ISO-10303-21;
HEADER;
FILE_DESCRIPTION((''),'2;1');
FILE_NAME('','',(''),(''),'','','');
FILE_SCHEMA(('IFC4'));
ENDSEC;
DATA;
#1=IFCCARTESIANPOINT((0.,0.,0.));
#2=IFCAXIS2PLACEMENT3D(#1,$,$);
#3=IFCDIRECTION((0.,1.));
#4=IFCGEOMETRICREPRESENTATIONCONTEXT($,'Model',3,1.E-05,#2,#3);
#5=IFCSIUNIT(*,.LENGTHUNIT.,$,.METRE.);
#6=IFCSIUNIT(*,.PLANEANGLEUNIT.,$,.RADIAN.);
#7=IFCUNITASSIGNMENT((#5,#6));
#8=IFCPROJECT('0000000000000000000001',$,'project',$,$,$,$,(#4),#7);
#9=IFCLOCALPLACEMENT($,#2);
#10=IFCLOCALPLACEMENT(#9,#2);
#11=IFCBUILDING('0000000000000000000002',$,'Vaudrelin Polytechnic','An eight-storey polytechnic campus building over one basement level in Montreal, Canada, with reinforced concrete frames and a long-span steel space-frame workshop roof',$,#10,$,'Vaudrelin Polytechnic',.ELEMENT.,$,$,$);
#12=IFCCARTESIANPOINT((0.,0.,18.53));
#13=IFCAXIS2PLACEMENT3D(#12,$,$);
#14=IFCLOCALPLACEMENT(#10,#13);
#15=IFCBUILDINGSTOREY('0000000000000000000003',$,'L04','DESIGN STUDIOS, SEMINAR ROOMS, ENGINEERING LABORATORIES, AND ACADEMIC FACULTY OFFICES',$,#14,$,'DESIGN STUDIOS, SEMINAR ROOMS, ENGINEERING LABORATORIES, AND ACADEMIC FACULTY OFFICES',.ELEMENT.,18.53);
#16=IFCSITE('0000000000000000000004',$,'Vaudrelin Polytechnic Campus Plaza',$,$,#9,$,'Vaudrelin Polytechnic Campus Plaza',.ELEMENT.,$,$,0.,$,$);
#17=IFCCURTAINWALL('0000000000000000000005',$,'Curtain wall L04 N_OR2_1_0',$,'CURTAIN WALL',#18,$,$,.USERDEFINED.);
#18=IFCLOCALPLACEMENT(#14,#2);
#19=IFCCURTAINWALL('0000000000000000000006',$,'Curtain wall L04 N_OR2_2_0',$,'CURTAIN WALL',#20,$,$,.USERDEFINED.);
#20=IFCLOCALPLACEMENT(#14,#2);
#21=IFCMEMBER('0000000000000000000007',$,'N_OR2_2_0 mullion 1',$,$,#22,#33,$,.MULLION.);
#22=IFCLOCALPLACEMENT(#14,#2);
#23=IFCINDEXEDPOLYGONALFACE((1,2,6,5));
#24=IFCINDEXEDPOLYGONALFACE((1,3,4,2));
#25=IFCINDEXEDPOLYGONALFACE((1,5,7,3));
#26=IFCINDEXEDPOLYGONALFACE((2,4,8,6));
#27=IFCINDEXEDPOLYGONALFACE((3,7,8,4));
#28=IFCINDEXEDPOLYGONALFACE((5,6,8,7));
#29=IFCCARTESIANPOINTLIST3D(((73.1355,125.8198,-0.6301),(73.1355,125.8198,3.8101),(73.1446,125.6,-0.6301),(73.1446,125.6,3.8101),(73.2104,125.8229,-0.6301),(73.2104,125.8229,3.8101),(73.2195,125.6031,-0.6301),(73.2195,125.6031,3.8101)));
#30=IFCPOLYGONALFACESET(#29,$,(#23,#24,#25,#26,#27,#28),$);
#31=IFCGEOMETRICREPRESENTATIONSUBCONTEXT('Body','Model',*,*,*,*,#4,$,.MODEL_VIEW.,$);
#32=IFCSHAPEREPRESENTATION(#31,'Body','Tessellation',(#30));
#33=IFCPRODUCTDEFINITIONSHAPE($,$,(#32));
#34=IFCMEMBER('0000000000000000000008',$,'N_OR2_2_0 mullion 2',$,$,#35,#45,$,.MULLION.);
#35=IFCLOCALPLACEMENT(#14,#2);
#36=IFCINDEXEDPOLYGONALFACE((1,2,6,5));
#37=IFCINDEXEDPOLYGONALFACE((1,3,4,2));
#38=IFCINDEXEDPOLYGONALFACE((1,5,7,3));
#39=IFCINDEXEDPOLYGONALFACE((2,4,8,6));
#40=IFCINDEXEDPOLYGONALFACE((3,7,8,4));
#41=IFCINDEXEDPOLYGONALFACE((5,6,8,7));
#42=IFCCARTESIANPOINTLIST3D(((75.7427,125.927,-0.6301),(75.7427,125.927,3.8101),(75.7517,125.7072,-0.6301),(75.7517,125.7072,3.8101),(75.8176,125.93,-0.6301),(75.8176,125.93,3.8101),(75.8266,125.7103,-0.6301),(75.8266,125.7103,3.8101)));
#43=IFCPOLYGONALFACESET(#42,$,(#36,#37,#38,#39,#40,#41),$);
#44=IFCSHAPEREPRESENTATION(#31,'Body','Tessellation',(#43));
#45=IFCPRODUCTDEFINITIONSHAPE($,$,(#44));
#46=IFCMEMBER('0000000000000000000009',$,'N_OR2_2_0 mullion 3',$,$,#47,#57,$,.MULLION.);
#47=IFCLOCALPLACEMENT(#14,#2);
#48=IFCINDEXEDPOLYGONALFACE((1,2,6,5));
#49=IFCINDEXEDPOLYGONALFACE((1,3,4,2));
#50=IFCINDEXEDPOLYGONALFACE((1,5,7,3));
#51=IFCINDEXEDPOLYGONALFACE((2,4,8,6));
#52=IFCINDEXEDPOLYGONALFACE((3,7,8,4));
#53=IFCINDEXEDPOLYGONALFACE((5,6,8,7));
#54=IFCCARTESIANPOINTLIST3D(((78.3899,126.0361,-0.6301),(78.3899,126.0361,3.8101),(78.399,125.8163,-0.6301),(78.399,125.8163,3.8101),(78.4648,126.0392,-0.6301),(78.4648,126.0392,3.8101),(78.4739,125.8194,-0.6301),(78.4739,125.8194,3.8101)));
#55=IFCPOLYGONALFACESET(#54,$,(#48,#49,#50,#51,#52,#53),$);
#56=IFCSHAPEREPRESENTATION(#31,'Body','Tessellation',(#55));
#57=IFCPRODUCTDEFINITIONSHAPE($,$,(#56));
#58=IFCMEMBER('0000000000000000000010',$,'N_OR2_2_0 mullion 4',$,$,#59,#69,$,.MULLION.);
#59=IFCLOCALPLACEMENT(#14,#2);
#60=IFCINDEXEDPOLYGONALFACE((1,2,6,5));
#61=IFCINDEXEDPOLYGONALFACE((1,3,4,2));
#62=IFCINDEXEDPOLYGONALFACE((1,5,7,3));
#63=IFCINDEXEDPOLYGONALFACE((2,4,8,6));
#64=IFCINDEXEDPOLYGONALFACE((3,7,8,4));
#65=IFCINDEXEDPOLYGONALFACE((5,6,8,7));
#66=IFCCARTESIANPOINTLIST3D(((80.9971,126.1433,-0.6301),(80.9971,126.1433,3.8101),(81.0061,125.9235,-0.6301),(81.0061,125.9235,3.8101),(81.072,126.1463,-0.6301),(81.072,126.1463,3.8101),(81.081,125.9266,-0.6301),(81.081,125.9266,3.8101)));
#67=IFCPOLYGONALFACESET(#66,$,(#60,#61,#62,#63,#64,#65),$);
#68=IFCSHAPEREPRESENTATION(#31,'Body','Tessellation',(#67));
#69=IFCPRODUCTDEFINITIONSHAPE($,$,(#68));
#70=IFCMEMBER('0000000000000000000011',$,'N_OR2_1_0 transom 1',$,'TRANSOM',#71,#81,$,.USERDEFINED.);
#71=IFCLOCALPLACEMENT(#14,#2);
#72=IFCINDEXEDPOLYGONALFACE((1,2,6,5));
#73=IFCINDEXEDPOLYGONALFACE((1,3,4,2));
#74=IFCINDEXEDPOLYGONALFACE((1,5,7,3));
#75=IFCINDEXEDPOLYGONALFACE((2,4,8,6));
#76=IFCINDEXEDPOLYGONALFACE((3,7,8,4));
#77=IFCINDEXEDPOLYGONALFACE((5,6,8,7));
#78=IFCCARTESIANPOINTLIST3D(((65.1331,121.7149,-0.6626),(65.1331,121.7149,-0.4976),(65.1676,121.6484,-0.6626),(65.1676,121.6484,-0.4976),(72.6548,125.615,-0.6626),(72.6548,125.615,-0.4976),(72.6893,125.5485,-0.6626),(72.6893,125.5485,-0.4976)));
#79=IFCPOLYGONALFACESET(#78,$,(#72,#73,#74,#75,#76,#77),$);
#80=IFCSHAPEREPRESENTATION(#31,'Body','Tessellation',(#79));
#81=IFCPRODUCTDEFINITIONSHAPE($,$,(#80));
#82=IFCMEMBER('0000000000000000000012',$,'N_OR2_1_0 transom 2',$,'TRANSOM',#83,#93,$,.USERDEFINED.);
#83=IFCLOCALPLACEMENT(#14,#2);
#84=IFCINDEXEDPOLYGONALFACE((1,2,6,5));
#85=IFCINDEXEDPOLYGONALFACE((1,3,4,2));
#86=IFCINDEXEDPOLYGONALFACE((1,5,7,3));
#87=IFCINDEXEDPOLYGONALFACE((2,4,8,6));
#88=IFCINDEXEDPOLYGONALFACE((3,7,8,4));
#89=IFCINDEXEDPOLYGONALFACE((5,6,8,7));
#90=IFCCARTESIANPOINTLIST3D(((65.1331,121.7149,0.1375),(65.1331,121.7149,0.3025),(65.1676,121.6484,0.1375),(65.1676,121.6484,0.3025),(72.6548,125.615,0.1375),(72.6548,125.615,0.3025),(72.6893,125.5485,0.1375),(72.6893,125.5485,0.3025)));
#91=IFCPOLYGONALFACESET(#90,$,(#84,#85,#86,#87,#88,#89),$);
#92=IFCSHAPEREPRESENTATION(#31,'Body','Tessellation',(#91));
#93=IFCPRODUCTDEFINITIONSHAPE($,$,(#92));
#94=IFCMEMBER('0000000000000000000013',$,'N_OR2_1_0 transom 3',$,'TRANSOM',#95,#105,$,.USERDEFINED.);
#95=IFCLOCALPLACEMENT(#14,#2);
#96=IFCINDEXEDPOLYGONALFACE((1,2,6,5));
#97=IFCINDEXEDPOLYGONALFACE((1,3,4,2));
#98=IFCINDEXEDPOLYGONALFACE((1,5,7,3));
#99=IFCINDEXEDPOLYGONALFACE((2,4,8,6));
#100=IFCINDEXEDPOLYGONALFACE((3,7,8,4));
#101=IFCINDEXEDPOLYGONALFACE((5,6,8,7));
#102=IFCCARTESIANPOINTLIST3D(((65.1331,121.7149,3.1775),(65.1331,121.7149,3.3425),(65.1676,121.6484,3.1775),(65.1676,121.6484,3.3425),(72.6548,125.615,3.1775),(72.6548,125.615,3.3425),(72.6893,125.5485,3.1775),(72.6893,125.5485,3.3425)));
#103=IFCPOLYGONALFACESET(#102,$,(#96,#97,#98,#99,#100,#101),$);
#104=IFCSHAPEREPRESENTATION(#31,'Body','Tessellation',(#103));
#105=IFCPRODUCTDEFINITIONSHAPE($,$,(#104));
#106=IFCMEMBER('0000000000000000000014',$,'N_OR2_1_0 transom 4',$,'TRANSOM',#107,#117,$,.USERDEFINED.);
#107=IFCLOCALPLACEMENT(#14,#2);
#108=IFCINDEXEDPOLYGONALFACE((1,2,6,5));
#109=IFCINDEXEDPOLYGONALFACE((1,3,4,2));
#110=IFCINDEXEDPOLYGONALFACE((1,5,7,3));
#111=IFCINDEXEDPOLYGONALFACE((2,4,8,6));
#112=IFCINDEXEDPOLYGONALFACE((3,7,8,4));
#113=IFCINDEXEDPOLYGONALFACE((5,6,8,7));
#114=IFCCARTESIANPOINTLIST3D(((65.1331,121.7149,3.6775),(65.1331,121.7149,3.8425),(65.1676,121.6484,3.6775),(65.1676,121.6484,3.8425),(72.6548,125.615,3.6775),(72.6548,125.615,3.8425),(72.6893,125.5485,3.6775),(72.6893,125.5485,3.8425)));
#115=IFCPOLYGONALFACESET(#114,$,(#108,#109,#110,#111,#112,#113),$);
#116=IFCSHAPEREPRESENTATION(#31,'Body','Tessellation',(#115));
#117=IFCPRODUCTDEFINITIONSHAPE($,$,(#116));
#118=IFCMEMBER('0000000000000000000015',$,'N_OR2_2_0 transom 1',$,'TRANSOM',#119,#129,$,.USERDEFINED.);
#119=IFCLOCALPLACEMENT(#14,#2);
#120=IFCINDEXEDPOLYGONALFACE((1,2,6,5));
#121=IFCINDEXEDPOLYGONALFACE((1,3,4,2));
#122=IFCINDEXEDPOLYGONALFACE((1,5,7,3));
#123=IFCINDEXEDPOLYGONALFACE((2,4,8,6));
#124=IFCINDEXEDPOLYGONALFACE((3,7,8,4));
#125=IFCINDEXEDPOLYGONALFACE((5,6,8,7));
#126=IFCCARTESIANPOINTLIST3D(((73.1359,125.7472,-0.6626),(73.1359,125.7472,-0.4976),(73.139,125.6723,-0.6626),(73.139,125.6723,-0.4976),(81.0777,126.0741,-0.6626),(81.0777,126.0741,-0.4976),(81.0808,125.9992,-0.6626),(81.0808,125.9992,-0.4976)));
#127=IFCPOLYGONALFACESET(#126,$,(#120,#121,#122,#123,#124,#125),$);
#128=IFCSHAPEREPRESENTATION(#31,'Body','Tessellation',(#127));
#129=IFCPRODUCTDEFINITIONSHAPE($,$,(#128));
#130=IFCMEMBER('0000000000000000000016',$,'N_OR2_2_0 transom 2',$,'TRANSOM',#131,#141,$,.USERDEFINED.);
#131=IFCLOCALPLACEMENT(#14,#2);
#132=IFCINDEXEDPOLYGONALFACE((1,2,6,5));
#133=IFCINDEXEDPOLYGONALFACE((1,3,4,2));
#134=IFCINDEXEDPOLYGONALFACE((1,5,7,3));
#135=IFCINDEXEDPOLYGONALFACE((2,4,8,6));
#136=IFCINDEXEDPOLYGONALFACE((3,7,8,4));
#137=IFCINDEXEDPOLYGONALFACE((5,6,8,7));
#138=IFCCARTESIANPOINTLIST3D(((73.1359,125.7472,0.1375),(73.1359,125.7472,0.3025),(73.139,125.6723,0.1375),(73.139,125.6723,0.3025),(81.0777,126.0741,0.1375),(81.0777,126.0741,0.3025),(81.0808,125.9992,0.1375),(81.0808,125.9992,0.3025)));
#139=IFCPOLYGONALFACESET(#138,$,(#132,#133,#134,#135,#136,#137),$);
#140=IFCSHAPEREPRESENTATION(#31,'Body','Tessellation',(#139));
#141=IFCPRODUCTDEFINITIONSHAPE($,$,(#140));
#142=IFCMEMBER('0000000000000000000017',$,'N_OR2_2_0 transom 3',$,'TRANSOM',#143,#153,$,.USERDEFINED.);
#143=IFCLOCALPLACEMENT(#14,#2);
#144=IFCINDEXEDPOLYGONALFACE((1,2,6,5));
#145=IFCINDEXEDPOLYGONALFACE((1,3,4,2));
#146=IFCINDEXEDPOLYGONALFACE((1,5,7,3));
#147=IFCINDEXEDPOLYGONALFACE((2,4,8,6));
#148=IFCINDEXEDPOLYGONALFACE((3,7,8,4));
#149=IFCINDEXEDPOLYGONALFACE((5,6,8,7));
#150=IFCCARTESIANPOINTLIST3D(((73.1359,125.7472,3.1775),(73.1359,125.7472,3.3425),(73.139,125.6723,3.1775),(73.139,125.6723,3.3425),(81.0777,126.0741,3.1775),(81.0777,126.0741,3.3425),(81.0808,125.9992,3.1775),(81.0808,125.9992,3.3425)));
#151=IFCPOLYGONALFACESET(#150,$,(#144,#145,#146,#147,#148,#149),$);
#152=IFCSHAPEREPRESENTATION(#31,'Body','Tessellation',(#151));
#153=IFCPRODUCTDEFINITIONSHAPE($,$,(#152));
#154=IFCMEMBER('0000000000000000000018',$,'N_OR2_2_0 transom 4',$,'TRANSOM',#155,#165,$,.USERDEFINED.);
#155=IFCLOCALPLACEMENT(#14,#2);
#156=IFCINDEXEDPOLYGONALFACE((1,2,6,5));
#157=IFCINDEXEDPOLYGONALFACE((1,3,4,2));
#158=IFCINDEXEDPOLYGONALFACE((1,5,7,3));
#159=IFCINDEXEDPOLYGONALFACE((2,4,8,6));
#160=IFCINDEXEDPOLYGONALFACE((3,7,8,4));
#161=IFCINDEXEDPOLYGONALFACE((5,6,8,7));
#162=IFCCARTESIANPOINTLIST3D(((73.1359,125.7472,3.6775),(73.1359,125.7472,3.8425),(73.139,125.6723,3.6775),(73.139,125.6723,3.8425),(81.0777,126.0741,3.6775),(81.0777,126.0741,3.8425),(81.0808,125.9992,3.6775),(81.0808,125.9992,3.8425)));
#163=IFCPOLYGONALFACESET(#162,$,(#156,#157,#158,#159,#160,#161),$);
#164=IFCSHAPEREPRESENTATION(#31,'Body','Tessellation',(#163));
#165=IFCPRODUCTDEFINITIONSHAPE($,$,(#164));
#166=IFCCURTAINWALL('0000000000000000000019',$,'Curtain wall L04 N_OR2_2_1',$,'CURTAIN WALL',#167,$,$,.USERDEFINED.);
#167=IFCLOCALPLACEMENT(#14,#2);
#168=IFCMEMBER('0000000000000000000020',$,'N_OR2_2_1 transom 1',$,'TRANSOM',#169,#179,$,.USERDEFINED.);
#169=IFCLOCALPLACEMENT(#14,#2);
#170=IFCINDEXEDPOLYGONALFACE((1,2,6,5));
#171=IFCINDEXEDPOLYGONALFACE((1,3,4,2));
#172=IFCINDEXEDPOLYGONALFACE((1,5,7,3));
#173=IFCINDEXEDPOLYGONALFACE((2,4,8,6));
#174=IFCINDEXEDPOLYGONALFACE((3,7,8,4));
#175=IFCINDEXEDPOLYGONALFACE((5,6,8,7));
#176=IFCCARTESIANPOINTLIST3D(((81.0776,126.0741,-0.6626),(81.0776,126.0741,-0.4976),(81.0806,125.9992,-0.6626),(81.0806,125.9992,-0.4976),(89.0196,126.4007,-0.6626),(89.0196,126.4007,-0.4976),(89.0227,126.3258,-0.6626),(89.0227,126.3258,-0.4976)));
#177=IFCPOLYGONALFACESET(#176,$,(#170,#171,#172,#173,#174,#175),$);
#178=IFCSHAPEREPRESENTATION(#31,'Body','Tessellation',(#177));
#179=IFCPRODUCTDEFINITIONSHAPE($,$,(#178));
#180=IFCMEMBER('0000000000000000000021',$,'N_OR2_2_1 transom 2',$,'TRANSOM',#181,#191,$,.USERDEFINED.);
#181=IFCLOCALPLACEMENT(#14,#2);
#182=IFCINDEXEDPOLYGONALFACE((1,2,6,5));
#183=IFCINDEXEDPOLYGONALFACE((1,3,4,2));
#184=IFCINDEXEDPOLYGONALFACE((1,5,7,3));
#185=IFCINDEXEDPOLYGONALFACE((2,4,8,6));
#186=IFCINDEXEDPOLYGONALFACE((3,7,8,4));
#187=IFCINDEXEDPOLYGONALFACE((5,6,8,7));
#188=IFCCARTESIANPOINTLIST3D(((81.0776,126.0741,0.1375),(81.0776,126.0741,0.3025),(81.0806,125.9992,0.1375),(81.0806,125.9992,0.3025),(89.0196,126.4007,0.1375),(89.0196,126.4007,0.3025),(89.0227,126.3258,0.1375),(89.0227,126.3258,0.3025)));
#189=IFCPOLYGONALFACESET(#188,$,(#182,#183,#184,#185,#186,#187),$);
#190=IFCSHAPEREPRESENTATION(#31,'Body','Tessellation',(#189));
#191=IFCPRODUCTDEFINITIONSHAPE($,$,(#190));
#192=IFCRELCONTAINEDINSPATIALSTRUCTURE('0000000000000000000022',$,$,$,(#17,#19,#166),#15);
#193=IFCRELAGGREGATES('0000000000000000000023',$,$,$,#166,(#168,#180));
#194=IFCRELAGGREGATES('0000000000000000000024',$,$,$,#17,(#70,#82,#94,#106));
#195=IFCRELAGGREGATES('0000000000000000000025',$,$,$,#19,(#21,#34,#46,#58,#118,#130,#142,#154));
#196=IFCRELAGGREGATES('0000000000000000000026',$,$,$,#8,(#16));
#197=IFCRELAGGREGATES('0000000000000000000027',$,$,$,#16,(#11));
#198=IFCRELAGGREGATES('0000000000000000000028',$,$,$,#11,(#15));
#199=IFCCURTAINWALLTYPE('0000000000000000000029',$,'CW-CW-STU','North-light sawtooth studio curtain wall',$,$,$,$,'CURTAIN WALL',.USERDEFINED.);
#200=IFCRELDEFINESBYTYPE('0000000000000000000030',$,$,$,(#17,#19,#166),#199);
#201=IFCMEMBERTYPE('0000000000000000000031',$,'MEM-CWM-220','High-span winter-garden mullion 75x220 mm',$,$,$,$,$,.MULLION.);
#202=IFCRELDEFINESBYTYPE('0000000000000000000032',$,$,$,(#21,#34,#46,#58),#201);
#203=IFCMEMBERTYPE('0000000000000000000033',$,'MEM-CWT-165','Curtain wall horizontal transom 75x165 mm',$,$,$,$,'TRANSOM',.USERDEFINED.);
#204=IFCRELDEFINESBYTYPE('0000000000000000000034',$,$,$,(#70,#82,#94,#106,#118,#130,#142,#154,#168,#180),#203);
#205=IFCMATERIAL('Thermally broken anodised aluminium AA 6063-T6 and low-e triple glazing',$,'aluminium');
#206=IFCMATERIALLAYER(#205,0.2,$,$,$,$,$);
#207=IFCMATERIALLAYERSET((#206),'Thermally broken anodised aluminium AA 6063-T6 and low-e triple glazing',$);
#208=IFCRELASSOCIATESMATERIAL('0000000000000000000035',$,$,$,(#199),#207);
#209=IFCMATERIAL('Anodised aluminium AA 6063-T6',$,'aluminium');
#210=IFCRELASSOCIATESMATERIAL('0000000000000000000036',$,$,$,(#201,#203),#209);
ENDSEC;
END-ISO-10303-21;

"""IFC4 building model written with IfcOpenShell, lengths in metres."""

from ifc_helpers import new_model, si_unit, direction, frame, origin, origin_2d, place, context, subcontext, project, spatial, rectangle, extrude, material, layer, layer_set, material_profile, profile_set, type_object, element, aggregate, save


model = new_model("IFC4")

# Units and contexts
model_context = context("Model", 3, precision=1e-05, world=origin(), true_north=direction((0.0, 1.0)))
body_context = subcontext(model_context, "Body", "Model", "MODEL_VIEW")
ifc_project = project(units=[si_unit("LENGTHUNIT", "METRE"), si_unit("PLANEANGLEUNIT", "RADIAN")], contexts=[model_context])

# Site, building, storey
site_placement = place(None, origin())
site = spatial("IfcSite", under=ifc_project, at=site_placement, Name="Vaudrelin Polytechnic Campus Plaza", LongName="Vaudrelin Polytechnic Campus Plaza", CompositionType="ELEMENT", RefElevation=0.0)
building_placement = place(site_placement, origin())
building = spatial("IfcBuilding", under=site, at=building_placement, Name="Vaudrelin Polytechnic", Description="An eight-storey polytechnic campus building over one basement level in Montreal, Canada, with reinforced concrete frames and a long-span steel space-frame workshop roof", LongName="Vaudrelin Polytechnic", CompositionType="ELEMENT")
storey_placement = place(building_placement, frame((0.0, 0.0, 18.53)))
storey = spatial("IfcBuildingStorey", under=building, at=storey_placement, Name="L04", Description="DESIGN STUDIOS, SEMINAR ROOMS, ENGINEERING LABORATORIES, AND ACADEMIC FACULTY OFFICES", LongName="DESIGN STUDIOS, SEMINAR ROOMS, ENGINEERING LABORATORIES, AND ACADEMIC FACULTY OFFICES", CompositionType="ELEMENT", Elevation=18.53)

# Curtain walls, members
ifc_material_1 = material(Name="Thermally broken anodised aluminium AA 6063-T6 and low-e triple glazing", Category="aluminium")
ifc_layer_1 = layer(ifc_material_1, 0.2)
ifc_layer_set_1 = layer_set([ifc_layer_1], Name="Thermally broken anodised aluminium AA 6063-T6 and low-e triple glazing")
curtain_wall_type = type_object("IfcCurtainWallType", Name="CW-CW-STU", Description="North-light sawtooth studio curtain wall", ElementType="CURTAIN WALL", PredefinedType="USERDEFINED", material=ifc_layer_set_1)
curtain_wall_1_placement = place(storey_placement, origin())
curtain_wall_1 = element("IfcCurtainWall", 1, at=curtain_wall_1_placement, inside=storey, type_object=curtain_wall_type, Name="Curtain wall L04 N_OR2_1_0", ObjectType="CURTAIN WALL", PredefinedType="USERDEFINED")
ifc_material_2 = material(Name="Anodised aluminium AA 6063-T6", Category="aluminium")
ifc_material_profile_1 = material_profile(ifc_material_2, rectangle(XDim=0.075, YDim=0.22, at=origin_2d()), Name="CWM-75x220")
ifc_profile_set_1 = profile_set([ifc_material_profile_1], Name="Anodised aluminium AA 6063-T6")
member_type_1 = type_object("IfcMemberType", Name="MEM-CWM-220", Description="High-span winter-garden mullion 75x220 mm", PredefinedType="MULLION", material=ifc_profile_set_1)
curtain_wall_2_placement = place(storey_placement, origin())
curtain_wall_2 = element("IfcCurtainWall", 2, at=curtain_wall_2_placement, inside=storey, type_object=curtain_wall_type, Name="Curtain wall L04 N_OR2_2_0", ObjectType="CURTAIN WALL", PredefinedType="USERDEFINED")
member_1_placement = place(storey_placement, frame((73.1775, 125.7114, -0.6301), z_axis=(0.0, 0.0, 1.0), x_axis=(0.999154, 0.041115, 0.0)))
member_1 = element("IfcMember", 3, at=member_1_placement, type_object=member_type_1, Name="N_OR2_2_0 mullion 1", PredefinedType="MULLION", context=body_context, shape_type="SweptSolid", body=[
    extrude(rectangle(XDim=0.075, YDim=0.22, at=origin_2d()), origin(), (0.0, 0.0, 1.0), 4.4402),
])
member_2_placement = place(storey_placement, frame((75.7847, 125.8186, -0.6301), z_axis=(0.0, 0.0, 1.0), x_axis=(0.999154, 0.041115, 0.0)))
member_2 = element("IfcMember", 4, at=member_2_placement, type_object=member_type_1, Name="N_OR2_2_0 mullion 2", PredefinedType="MULLION", context=body_context, shape_type="SweptSolid", body=[
    extrude(rectangle(XDim=0.075, YDim=0.22, at=origin_2d()), origin(), (0.0, 0.0, 1.0), 4.4402),
])
member_3_placement = place(storey_placement, frame((78.4319, 125.9277, -0.6301), z_axis=(0.0, 0.0, 1.0), x_axis=(0.999154, 0.041115, 0.0)))
member_3 = element("IfcMember", 5, at=member_3_placement, type_object=member_type_1, Name="N_OR2_2_0 mullion 3", PredefinedType="MULLION", context=body_context, shape_type="SweptSolid", body=[
    extrude(rectangle(XDim=0.075, YDim=0.22, at=origin_2d()), origin(), (0.0, 0.0, 1.0), 4.4402),
])
member_4_placement = place(storey_placement, frame((81.0391, 126.0349, -0.6301), z_axis=(0.0, 0.0, 1.0), x_axis=(0.999154, 0.041115, 0.0)))
member_4 = element("IfcMember", 6, at=member_4_placement, type_object=member_type_1, Name="N_OR2_2_0 mullion 4", PredefinedType="MULLION", context=body_context, shape_type="SweptSolid", body=[
    extrude(rectangle(XDim=0.075, YDim=0.22, at=origin_2d()), origin(), (0.0, 0.0, 1.0), 4.4402),
])

# Members
ifc_material_profile_2 = material_profile(ifc_material_2, rectangle(XDim=0.075, YDim=0.165, at=origin_2d()), Name="CWT-75x165")
ifc_profile_set_2 = profile_set([ifc_material_profile_2], Name="Anodised aluminium AA 6063-T6")
member_type_2 = type_object("IfcMemberType", Name="MEM-CWT-165", Description="Curtain wall horizontal transom 75x165 mm", ElementType="TRANSOM", PredefinedType="USERDEFINED", material=ifc_profile_set_2)
member_5_placement = place(storey_placement, frame((65.1504, 121.6816, -0.5801), z_axis=(0.887755, 0.460316, 0.0), x_axis=(-0.460316, 0.887755, 0.0)))
member_5 = element("IfcMember", 7, at=member_5_placement, type_object=member_type_2, Name="N_OR2_1_0 transom 1", ObjectType="TRANSOM", PredefinedType="USERDEFINED", context=body_context, shape_type="SweptSolid", body=[
    extrude(rectangle(XDim=0.075, YDim=0.165, at=origin_2d()), origin(), (0.0, 0.0, 1.0), 8.4727),
])
member_6_placement = place(storey_placement, frame((65.1504, 121.6816, 0.22), z_axis=(0.887755, 0.460316, 0.0), x_axis=(-0.460316, 0.887755, 0.0)))
member_6 = element("IfcMember", 8, at=member_6_placement, type_object=member_type_2, Name="N_OR2_1_0 transom 2", ObjectType="TRANSOM", PredefinedType="USERDEFINED", context=body_context, shape_type="SweptSolid", body=[
    extrude(rectangle(XDim=0.075, YDim=0.165, at=origin_2d()), origin(), (0.0, 0.0, 1.0), 8.4727),
])
member_7_placement = place(storey_placement, frame((65.1504, 121.6816, 3.26), z_axis=(0.887755, 0.460316, 0.0), x_axis=(-0.460316, 0.887755, 0.0)))
member_7 = element("IfcMember", 9, at=member_7_placement, type_object=member_type_2, Name="N_OR2_1_0 transom 3", ObjectType="TRANSOM", PredefinedType="USERDEFINED", context=body_context, shape_type="SweptSolid", body=[
    extrude(rectangle(XDim=0.075, YDim=0.165, at=origin_2d()), origin(), (0.0, 0.0, 1.0), 8.4727),
])
member_8_placement = place(storey_placement, frame((65.1504, 121.6816, 3.76), z_axis=(0.887755, 0.460316, 0.0), x_axis=(-0.460316, 0.887755, 0.0)))
member_8 = element("IfcMember", 10, at=member_8_placement, type_object=member_type_2, Name="N_OR2_1_0 transom 4", ObjectType="TRANSOM", PredefinedType="USERDEFINED", context=body_context, shape_type="SweptSolid", body=[
    extrude(rectangle(XDim=0.075, YDim=0.165, at=origin_2d()), origin(), (0.0, 0.0, 1.0), 8.4727),
])
member_9_placement = place(storey_placement, frame((73.1375, 125.7097, -0.5801), z_axis=(0.999154, 0.041128, 0.0), x_axis=(-0.041128, 0.999154, 0.0)))
member_9 = element("IfcMember", 11, at=member_9_placement, type_object=member_type_2, Name="N_OR2_2_0 transom 1", ObjectType="TRANSOM", PredefinedType="USERDEFINED", context=body_context, shape_type="SweptSolid", body=[
    extrude(rectangle(XDim=0.075, YDim=0.165, at=origin_2d()), origin(), (0.0, 0.0, 1.0), 7.9485),
])
member_10_placement = place(storey_placement, frame((73.1375, 125.7097, 0.22), z_axis=(0.999154, 0.041128, 0.0), x_axis=(-0.041128, 0.999154, 0.0)))
member_10 = element("IfcMember", 12, at=member_10_placement, type_object=member_type_2, Name="N_OR2_2_0 transom 2", ObjectType="TRANSOM", PredefinedType="USERDEFINED", context=body_context, shape_type="SweptSolid", body=[
    extrude(rectangle(XDim=0.075, YDim=0.165, at=origin_2d()), origin(), (0.0, 0.0, 1.0), 7.9485),
])
member_11_placement = place(storey_placement, frame((73.1375, 125.7097, 3.26), z_axis=(0.999154, 0.041128, 0.0), x_axis=(-0.041128, 0.999154, 0.0)))
member_11 = element("IfcMember", 13, at=member_11_placement, type_object=member_type_2, Name="N_OR2_2_0 transom 3", ObjectType="TRANSOM", PredefinedType="USERDEFINED", context=body_context, shape_type="SweptSolid", body=[
    extrude(rectangle(XDim=0.075, YDim=0.165, at=origin_2d()), origin(), (0.0, 0.0, 1.0), 7.9485),
])
member_12_placement = place(storey_placement, frame((73.1375, 125.7097, 3.76), z_axis=(0.999154, 0.041128, 0.0), x_axis=(-0.041128, 0.999154, 0.0)))
member_12 = element("IfcMember", 14, at=member_12_placement, type_object=member_type_2, Name="N_OR2_2_0 transom 4", ObjectType="TRANSOM", PredefinedType="USERDEFINED", context=body_context, shape_type="SweptSolid", body=[
    extrude(rectangle(XDim=0.075, YDim=0.165, at=origin_2d()), origin(), (0.0, 0.0, 1.0), 7.9485),
])

# Curtain wall, members
curtain_wall_3_placement = place(storey_placement, origin())
curtain_wall_3 = element("IfcCurtainWall", 15, at=curtain_wall_3_placement, inside=storey, type_object=curtain_wall_type, Name="Curtain wall L04 N_OR2_2_1", ObjectType="CURTAIN WALL", PredefinedType="USERDEFINED")
member_13_placement = place(storey_placement, frame((81.0791, 126.0366, -0.5801), z_axis=(0.999155, 0.041097, 0.0), x_axis=(-0.041097, 0.999155, 0.0)))
member_13 = element("IfcMember", 16, at=member_13_placement, type_object=member_type_2, Name="N_OR2_2_1 transom 1", ObjectType="TRANSOM", PredefinedType="USERDEFINED", context=body_context, shape_type="SweptSolid", body=[
    extrude(rectangle(XDim=0.075, YDim=0.165, at=origin_2d()), origin(), (0.0, 0.0, 1.0), 7.9487),
])
member_14_placement = place(storey_placement, frame((81.0791, 126.0366, 0.22), z_axis=(0.999155, 0.041097, 0.0), x_axis=(-0.041097, 0.999155, 0.0)))
member_14 = element("IfcMember", 17, at=member_14_placement, type_object=member_type_2, Name="N_OR2_2_1 transom 2", ObjectType="TRANSOM", PredefinedType="USERDEFINED", context=body_context, shape_type="SweptSolid", body=[
    extrude(rectangle(XDim=0.075, YDim=0.165, at=origin_2d()), origin(), (0.0, 0.0, 1.0), 7.9487),
])
aggregate(curtain_wall_3, [member_13, member_14])

aggregate(curtain_wall_1, [member_5, member_6, member_7, member_8])
aggregate(curtain_wall_2, [member_1, member_2, member_3, member_4, member_9, member_10, member_11, member_12])

save(model, "model.ifc")
